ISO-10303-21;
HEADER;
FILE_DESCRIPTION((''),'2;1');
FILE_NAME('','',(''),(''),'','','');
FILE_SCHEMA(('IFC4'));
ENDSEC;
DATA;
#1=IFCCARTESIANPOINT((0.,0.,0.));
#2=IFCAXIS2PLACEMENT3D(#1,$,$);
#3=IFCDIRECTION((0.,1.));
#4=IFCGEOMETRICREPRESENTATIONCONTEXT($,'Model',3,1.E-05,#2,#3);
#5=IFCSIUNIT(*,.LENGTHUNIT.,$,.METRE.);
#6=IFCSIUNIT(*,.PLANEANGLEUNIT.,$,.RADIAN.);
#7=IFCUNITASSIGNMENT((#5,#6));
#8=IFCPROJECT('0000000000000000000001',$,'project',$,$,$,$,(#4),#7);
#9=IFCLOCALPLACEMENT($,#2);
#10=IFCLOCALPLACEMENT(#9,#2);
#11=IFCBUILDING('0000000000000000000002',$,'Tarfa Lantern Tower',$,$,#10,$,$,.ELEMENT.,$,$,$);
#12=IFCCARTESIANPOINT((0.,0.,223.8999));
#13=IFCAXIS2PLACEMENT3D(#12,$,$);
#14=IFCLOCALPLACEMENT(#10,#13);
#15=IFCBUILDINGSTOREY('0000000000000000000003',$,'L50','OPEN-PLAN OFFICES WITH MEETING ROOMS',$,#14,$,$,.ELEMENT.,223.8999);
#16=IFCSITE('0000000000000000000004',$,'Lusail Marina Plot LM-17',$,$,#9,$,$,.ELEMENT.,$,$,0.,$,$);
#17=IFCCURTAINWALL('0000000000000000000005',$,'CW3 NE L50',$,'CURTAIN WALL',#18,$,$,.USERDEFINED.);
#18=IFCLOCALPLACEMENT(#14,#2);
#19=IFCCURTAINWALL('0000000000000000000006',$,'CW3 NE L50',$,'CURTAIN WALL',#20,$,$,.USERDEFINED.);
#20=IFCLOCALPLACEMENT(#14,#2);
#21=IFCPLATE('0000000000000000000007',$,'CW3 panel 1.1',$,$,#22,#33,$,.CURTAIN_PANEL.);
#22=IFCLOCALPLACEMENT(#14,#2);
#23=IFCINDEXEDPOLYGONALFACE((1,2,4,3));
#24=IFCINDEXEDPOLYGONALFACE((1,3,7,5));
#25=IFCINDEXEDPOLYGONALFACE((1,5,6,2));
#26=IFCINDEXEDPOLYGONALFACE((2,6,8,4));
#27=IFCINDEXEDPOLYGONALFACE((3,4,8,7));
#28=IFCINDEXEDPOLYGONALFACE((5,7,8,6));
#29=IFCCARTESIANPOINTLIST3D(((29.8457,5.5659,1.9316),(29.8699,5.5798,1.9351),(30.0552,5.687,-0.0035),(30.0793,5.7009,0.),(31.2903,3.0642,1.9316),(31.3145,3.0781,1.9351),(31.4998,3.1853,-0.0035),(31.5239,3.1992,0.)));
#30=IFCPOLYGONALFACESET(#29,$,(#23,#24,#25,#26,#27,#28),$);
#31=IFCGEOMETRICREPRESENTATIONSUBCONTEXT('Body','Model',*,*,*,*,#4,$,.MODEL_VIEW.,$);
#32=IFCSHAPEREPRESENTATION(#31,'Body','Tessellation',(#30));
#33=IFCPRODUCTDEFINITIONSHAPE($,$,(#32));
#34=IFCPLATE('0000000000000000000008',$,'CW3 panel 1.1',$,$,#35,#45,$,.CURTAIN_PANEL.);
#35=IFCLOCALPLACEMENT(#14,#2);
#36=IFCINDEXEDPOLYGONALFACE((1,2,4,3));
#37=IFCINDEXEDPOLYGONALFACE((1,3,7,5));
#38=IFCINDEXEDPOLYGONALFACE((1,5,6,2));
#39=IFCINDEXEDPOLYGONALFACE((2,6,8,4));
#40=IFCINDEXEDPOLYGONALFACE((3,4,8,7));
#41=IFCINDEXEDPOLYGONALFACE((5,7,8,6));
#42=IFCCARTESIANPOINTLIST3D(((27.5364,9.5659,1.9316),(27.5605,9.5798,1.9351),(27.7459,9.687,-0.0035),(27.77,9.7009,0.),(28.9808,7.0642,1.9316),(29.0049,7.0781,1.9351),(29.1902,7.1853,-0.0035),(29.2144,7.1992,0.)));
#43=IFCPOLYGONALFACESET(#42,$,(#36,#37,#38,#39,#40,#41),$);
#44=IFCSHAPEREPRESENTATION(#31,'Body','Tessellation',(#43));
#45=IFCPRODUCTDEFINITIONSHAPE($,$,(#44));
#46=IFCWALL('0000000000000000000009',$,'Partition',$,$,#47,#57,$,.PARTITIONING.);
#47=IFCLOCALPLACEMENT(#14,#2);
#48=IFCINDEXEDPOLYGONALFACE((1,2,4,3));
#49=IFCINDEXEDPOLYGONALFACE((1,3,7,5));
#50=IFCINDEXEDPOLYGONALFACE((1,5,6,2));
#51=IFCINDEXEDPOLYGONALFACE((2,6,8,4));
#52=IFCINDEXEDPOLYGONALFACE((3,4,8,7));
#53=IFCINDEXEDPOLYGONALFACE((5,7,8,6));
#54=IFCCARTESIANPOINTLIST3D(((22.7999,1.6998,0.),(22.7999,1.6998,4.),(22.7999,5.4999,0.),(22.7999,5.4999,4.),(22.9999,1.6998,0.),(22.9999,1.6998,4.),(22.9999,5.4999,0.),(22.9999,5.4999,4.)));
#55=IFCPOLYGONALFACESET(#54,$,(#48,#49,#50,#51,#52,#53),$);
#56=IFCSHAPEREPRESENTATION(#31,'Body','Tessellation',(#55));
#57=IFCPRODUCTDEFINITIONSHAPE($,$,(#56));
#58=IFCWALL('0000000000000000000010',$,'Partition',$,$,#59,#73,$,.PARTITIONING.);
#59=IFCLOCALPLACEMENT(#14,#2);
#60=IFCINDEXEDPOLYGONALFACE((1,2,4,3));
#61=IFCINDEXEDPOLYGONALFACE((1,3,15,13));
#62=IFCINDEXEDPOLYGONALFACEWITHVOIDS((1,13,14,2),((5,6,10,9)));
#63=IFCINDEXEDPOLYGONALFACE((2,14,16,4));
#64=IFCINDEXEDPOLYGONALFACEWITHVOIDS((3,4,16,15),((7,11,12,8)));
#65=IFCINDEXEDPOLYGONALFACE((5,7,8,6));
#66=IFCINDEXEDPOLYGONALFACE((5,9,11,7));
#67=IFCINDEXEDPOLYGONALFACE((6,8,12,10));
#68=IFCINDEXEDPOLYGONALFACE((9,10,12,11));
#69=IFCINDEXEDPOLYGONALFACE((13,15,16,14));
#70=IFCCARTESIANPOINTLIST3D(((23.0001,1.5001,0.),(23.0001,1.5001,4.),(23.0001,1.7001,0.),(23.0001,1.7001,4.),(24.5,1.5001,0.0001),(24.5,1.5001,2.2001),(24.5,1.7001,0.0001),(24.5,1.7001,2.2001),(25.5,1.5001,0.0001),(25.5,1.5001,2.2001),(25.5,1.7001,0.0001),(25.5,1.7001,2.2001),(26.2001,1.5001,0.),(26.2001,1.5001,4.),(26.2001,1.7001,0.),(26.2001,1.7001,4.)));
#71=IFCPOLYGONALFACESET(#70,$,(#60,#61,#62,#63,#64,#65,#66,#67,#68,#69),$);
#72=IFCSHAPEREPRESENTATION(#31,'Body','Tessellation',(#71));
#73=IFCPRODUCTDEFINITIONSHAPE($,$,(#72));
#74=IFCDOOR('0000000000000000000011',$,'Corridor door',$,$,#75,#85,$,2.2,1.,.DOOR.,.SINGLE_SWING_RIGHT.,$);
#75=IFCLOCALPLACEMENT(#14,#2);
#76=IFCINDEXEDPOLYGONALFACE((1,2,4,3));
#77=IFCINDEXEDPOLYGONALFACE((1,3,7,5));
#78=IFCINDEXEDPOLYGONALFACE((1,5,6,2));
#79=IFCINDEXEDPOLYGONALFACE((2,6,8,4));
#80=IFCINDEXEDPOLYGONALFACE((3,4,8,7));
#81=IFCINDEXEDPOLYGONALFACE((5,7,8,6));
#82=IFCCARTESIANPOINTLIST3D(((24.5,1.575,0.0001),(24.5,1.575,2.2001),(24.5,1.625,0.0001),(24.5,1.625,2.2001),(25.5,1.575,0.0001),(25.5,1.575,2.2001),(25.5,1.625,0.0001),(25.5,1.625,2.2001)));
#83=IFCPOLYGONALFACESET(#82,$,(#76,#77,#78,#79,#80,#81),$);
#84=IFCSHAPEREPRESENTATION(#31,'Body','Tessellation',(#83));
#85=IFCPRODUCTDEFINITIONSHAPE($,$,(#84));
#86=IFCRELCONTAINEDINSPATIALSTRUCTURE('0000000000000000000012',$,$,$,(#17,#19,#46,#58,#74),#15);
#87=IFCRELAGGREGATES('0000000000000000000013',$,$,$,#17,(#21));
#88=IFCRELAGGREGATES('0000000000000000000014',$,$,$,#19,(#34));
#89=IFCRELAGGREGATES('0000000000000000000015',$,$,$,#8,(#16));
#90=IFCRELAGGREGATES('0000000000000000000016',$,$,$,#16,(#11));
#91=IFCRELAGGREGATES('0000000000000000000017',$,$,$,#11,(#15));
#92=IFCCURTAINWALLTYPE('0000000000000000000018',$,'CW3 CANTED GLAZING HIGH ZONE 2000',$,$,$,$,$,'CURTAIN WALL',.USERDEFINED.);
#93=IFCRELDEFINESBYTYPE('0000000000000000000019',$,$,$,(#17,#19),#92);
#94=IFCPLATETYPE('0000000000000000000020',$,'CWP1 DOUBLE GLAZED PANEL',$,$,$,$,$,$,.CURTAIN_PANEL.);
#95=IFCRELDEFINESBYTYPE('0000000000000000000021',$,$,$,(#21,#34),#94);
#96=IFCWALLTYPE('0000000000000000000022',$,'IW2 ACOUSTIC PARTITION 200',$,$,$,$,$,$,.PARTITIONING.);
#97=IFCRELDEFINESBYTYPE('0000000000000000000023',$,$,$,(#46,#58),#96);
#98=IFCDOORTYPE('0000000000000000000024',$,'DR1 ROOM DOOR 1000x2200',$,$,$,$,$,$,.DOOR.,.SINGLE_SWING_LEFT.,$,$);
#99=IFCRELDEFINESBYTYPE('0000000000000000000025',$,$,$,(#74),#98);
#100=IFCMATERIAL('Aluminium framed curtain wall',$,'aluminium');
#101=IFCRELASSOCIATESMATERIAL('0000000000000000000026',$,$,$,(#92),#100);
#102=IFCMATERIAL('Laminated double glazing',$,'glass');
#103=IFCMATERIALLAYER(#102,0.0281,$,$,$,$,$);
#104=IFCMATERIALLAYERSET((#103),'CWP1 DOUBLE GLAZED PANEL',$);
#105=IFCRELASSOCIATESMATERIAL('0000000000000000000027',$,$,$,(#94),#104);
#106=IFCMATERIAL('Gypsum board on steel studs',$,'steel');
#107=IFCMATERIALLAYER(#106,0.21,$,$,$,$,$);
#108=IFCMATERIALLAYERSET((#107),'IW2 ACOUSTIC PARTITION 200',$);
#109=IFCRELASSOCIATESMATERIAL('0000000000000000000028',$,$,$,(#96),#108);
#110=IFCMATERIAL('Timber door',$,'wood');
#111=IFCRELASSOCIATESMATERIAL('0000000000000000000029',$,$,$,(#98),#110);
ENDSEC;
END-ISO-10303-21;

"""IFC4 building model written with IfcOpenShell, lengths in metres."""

from ifc_helpers import new_model, si_unit, direction, frame, frame_2d, origin, place, context, subcontext, project, spatial, polyline, rectangle, outline, extrude, material, layer, layer_set, type_object, element, fill, aggregate, save


model = new_model("IFC4")

# Units and contexts
model_context = context("Model", 3, precision=1e-05, world=origin(), true_north=direction((0.0, 1.0)))
body_context = subcontext(model_context, "Body", "Model", "MODEL_VIEW")
ifc_project = project(units=[si_unit("LENGTHUNIT", "METRE"), si_unit("PLANEANGLEUNIT", "RADIAN")], contexts=[model_context])

# Site, building, storey
site_placement = place(None, origin())
site = spatial("IfcSite", under=ifc_project, at=site_placement, Name="Lusail Marina Plot LM-17", CompositionType="ELEMENT", RefElevation=0.0)
building_placement = place(site_placement, origin())
building = spatial("IfcBuilding", under=site, at=building_placement, Name="Tarfa Lantern Tower", CompositionType="ELEMENT")
storey_placement = place(building_placement, frame((0.0, 0.0, 223.8999)))
storey = spatial("IfcBuildingStorey", under=building, at=storey_placement, Name="L50", Description="OPEN-PLAN OFFICES WITH MEETING ROOMS", CompositionType="ELEMENT", Elevation=223.8999)

# Curtain walls
ifc_material_1 = material(Name="Aluminium framed curtain wall", Category="aluminium")
curtain_wall_type = type_object("IfcCurtainWallType", Name="CW3 CANTED GLAZING HIGH ZONE 2000", ElementType="CURTAIN WALL", PredefinedType="USERDEFINED", material=ifc_material_1)
curtain_wall_1_placement = place(storey_placement, origin())
curtain_wall_1 = element("IfcCurtainWall", 1, at=curtain_wall_1_placement, inside=storey, type_object=curtain_wall_type, Name="CW3 NE L50", ObjectType="CURTAIN WALL", PredefinedType="USERDEFINED")
curtain_wall_2_placement = place(storey_placement, origin())
curtain_wall_2 = element("IfcCurtainWall", 2, at=curtain_wall_2_placement, inside=storey, type_object=curtain_wall_type, Name="CW3 NE L50", ObjectType="CURTAIN WALL", PredefinedType="USERDEFINED")

# Plates
ifc_material_2 = material(Name="Laminated double glazing", Category="glass")
ifc_layer_1 = layer(ifc_material_2, 0.0281)
ifc_layer_set_1 = layer_set([ifc_layer_1], Name="CWP1 DOUBLE GLAZED PANEL")
plate_type = type_object("IfcPlateType", Name="CWP1 DOUBLE GLAZED PANEL", PredefinedType="CURTAIN_PANEL", material=ifc_layer_set_1)
plate_1_placement = place(storey_placement, frame((31.5239, 3.1992, 0.0), z_axis=(0.859301, 0.496193, 0.124072), x_axis=(-0.500057, 0.865993, 0.0)))
plate_1 = element("IfcPlate", 3, at=plate_1_placement, type_object=plate_type, Name="CW3 panel 1.1", PredefinedType="CURTAIN_PANEL", context=body_context, shape_type="SweptSolid", body=[
    extrude(outline(polyline([(0.0, 0.0), (2.8888, 0.0), (2.8887, 1.9501), (-0.0001, 1.9501), (0.0, 0.0)])), origin(), (0.0, 0.0, -1.0), 0.0281),
])
aggregate(curtain_wall_1, [plate_1])
plate_2_placement = place(storey_placement, frame((29.2144, 7.1992, 0.0), z_axis=(0.859338, 0.49613, 0.124072), x_axis=(-0.499993, 0.866029, 0.0)))
plate_2 = element("IfcPlate", 4, at=plate_2_placement, type_object=plate_type, Name="CW3 panel 1.1", PredefinedType="CURTAIN_PANEL", context=body_context, shape_type="SweptSolid", body=[
    extrude(outline(polyline([(0.0, 0.0), (2.8887, 0.0), (2.8886, 1.9501), (-0.0001, 1.9501), (0.0, 0.0)])), origin(), (0.0, 0.0, -1.0), 0.0281),
])
aggregate(curtain_wall_2, [plate_2])

# Wall
ifc_material_3 = material(Name="Gypsum board on steel studs", Category="steel")
ifc_layer_2 = layer(ifc_material_3, 0.21)
ifc_layer_set_2 = layer_set([ifc_layer_2], Name="IW2 ACOUSTIC PARTITION 200")
wall_type = type_object("IfcWallType", Name="IW2 ACOUSTIC PARTITION 200", PredefinedType="PARTITIONING", material=ifc_layer_set_2)
wall_1_placement = place(storey_placement, frame((22.8999, 1.7, 0.0), z_axis=(0.0, 0.0, 1.0), x_axis=(0.0, 1.0, 0.0)))
element("IfcWall", 5, at=wall_1_placement, inside=storey, type_object=wall_type, Name="Partition", PredefinedType="PARTITIONING", context=body_context, shape_type="SweptSolid", body=[
    extrude(rectangle(XDim=3.8, YDim=0.2, at=frame_2d((1.8999, 0.0))), origin(), (0.0, 0.0, 1.0), 4.0),
])

# Wall, opening, door
wall_2_placement = place(storey_placement, frame((23.0, 1.6001, 0.0), z_axis=(0.0, 0.0, 1.0), x_axis=(1.0, 0.0, 0.0)))
wall_2 = element("IfcWall", 6, at=wall_2_placement, inside=storey, type_object=wall_type, Name="Partition", PredefinedType="PARTITIONING", context=body_context, shape_type="SweptSolid", body=[
    extrude(rectangle(XDim=3.2, YDim=0.2, at=frame_2d((1.6001, 0.0))), origin(), (0.0, 0.0, 1.0), 4.0),
])
opening_placement = place(wall_2_placement, frame((1.5, 0.0, 0.0)))
opening = element("IfcOpeningElement", 7, at=opening_placement, cuts=wall_2, PredefinedType="OPENING", context=body_context, shape_type="SweptSolid", body=[
    extrude(rectangle(XDim=1.0, YDim=2.2, at=frame_2d((0.5, 1.1001))), frame((0.0, 0.1099, 0.0), z_axis=(0.0, -1.0, 0.0), x_axis=(1.0, 0.0, 0.0)), (0.0, 0.0, 1.0), 0.22),
])
ifc_material_4 = material(Name="Timber door", Category="wood")
door_type = type_object("IfcDoorType", Name="DR1 ROOM DOOR 1000x2200", OperationType="SINGLE_SWING_LEFT", PredefinedType="DOOR", material=ifc_material_4)
door_placement = place(opening_placement, origin())
door = element("IfcDoor", 8, at=door_placement, inside=storey, type_object=door_type, Name="Corridor door", OperationType="SINGLE_SWING_RIGHT", OverallHeight=2.2, OverallWidth=1.0, PredefinedType="DOOR", context=body_context, shape_type="SweptSolid", body=[
    extrude(rectangle(XDim=1.0, YDim=2.2, at=frame_2d((0.5, 1.1001))), frame((0.0, 0.0249, 0.0), z_axis=(0.0, -1.0, 0.0), x_axis=(1.0, 0.0, 0.0)), (0.0, 0.0, 1.0), 0.05),
])
fill(opening, door)

save(model, "model.ifc")
